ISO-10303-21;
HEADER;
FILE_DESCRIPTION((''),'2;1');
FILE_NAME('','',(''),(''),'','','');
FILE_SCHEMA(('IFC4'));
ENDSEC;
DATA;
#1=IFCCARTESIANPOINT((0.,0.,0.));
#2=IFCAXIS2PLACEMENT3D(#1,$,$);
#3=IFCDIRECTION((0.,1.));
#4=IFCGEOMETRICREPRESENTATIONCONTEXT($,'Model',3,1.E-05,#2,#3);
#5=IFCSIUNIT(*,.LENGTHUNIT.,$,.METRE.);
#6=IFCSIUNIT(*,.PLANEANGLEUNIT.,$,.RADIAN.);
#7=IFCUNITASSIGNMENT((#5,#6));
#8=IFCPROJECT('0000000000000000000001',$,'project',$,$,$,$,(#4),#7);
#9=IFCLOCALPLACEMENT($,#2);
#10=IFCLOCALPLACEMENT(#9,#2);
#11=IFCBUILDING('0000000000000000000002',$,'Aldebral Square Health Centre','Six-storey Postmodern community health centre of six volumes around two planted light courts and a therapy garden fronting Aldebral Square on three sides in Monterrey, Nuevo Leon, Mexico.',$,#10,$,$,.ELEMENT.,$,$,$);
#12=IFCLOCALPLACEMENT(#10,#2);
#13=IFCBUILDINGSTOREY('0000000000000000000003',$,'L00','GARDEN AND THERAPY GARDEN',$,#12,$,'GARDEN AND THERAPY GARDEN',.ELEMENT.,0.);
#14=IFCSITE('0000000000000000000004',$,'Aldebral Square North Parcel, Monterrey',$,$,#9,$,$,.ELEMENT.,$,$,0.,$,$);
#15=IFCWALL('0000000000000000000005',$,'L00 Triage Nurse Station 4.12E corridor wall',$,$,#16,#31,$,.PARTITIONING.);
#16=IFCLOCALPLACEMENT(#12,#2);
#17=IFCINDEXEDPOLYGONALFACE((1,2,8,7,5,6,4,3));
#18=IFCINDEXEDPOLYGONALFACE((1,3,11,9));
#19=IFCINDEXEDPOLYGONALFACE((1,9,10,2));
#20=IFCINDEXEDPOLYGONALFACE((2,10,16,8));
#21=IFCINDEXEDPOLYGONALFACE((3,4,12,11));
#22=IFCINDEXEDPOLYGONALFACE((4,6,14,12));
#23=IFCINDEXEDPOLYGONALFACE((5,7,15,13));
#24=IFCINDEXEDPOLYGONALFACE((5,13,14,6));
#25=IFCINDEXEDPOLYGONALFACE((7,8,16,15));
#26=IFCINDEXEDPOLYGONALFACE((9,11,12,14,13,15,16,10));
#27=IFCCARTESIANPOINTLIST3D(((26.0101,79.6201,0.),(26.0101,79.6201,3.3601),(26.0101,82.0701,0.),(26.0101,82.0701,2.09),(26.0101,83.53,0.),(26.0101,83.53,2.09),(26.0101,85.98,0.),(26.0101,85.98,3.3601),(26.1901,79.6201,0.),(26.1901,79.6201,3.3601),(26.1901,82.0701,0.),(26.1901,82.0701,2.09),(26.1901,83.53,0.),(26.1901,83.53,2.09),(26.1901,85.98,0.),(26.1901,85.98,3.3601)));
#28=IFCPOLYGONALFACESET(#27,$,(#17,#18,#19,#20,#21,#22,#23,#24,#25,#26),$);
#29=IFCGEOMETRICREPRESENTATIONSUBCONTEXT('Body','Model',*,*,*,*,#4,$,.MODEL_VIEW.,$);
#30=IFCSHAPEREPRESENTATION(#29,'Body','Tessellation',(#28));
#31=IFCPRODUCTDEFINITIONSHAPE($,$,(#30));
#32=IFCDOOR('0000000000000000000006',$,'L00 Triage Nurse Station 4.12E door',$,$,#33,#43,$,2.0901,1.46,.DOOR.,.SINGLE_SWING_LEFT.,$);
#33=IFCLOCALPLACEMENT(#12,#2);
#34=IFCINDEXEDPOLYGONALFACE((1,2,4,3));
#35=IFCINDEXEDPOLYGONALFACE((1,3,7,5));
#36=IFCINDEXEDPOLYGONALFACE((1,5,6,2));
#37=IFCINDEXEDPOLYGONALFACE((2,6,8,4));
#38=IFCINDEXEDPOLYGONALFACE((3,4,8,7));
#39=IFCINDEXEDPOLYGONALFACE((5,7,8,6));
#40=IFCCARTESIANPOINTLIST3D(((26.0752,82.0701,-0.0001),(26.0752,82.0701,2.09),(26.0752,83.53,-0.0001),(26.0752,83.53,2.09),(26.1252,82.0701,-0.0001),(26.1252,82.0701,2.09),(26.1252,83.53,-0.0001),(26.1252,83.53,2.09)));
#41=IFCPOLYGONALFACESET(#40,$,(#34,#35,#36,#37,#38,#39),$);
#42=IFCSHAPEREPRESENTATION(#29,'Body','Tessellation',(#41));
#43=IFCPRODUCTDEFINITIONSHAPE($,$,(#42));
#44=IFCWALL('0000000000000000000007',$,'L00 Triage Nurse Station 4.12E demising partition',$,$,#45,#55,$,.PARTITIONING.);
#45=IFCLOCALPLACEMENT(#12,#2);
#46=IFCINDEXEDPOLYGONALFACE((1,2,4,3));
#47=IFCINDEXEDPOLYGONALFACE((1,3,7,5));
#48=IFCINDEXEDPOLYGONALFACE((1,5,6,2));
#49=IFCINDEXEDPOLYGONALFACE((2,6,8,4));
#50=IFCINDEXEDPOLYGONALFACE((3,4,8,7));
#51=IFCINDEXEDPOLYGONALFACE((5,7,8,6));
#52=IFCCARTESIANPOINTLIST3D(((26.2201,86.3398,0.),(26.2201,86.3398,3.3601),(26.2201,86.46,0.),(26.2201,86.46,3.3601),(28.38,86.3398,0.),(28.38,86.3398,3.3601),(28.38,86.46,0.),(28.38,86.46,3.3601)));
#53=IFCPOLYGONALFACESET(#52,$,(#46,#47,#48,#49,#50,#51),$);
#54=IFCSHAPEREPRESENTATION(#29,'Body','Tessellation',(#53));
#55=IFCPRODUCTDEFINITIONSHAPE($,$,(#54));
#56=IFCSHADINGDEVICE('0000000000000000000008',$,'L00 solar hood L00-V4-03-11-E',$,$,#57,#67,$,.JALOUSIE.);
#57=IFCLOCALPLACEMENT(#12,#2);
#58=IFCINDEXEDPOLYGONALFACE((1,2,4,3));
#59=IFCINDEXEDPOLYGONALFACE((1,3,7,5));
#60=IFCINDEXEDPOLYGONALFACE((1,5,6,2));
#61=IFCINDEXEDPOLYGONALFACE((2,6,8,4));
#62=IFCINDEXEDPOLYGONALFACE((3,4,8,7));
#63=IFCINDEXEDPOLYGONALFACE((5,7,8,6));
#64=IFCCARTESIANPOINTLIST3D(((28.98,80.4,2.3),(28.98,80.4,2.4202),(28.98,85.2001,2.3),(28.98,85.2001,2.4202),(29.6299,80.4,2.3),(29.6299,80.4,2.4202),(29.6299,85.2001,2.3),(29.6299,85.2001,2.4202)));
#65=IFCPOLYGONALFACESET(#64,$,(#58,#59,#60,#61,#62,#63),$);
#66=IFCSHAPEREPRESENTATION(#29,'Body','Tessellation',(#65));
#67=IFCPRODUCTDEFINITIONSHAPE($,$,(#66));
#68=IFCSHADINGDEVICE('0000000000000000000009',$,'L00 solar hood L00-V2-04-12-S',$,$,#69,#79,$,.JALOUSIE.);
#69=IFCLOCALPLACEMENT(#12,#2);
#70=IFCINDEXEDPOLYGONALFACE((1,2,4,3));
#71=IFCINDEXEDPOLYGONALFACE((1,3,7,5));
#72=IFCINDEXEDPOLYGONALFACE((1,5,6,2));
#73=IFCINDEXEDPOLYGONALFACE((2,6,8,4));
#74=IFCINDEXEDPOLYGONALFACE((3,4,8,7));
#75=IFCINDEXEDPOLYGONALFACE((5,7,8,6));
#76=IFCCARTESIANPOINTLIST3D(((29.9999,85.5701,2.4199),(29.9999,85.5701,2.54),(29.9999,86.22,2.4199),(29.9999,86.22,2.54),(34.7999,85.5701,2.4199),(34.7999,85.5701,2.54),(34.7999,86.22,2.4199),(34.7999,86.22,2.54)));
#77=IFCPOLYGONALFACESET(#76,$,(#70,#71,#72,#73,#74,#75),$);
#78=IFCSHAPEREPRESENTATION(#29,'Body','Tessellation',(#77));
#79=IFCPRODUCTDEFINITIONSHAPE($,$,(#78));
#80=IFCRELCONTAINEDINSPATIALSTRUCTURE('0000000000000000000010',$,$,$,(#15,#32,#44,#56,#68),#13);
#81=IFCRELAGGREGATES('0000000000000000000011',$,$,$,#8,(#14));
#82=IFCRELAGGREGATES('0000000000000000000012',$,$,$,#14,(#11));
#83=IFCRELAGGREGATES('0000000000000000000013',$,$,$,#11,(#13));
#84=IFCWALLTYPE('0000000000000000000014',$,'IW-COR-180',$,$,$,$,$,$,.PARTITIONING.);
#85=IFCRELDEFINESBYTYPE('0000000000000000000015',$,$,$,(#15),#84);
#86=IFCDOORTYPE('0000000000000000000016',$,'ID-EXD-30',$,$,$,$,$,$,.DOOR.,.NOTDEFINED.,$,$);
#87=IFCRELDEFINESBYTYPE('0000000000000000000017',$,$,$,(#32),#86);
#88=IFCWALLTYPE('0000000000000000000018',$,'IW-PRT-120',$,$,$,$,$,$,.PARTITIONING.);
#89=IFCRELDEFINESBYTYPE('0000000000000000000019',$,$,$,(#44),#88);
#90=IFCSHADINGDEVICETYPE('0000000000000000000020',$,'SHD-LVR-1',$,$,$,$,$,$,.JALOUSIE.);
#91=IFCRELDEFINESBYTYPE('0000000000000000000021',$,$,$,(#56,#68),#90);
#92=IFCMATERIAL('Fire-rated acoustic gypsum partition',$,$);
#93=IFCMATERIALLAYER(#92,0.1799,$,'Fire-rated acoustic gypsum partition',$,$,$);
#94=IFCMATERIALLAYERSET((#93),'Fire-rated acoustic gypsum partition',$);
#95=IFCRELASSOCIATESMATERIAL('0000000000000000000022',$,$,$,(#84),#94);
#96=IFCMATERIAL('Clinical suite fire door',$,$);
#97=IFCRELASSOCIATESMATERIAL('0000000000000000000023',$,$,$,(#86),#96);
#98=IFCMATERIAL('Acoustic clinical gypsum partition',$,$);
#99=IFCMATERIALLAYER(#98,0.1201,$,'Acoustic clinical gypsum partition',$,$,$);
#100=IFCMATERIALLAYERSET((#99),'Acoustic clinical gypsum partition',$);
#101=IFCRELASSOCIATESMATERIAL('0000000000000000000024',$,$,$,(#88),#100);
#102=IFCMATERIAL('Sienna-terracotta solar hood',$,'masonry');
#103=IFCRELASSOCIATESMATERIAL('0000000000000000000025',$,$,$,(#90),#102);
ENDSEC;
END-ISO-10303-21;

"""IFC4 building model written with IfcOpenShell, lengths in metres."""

from ifc_helpers import new_model, si_unit, direction, frame, frame_2d, origin, origin_2d, place, context, subcontext, project, spatial, rectangle, extrude, material, layer, layer_set, type_object, element, fill, save


model = new_model("IFC4")

# Units and contexts
model_context = context("Model", 3, precision=1e-05, world=origin(), true_north=direction((0.0, 1.0)))
body_context = subcontext(model_context, "Body", "Model", "MODEL_VIEW")
ifc_project = project(units=[si_unit("LENGTHUNIT", "METRE"), si_unit("PLANEANGLEUNIT", "RADIAN")], contexts=[model_context])

# Site, building, storey
site_placement = place(None, origin())
site = spatial("IfcSite", under=ifc_project, at=site_placement, Name="Aldebral Square North Parcel, Monterrey", CompositionType="ELEMENT", RefElevation=0.0)
building_placement = place(site_placement, origin())
building = spatial("IfcBuilding", under=site, at=building_placement, Name="Aldebral Square Health Centre", Description="Six-storey Postmodern community health centre of six volumes around two planted light courts and a therapy garden fronting Aldebral Square on three sides in Monterrey, Nuevo Leon, Mexico.", CompositionType="ELEMENT")
storey_placement = place(building_placement, origin())
storey = spatial("IfcBuildingStorey", under=building, at=storey_placement, Name="L00", Description="GARDEN AND THERAPY GARDEN", LongName="GARDEN AND THERAPY GARDEN", CompositionType="ELEMENT", Elevation=0.0)

# Wall, opening, door
ifc_material_1 = material(Name="Fire-rated acoustic gypsum partition")
ifc_layer_1 = layer(ifc_material_1, 0.1799, Name="Fire-rated acoustic gypsum partition")
ifc_layer_set_1 = layer_set([ifc_layer_1], Name="Fire-rated acoustic gypsum partition")
wall_type_1 = type_object("IfcWallType", Name="IW-COR-180", PredefinedType="PARTITIONING", material=ifc_layer_set_1)
wall_1_placement = place(storey_placement, frame((26.1001, 79.6201, 0.0), z_axis=(0.0, 0.0, 1.0), x_axis=(0.0, 1.0, 0.0)))
wall_1 = element("IfcWall", 1, at=wall_1_placement, inside=storey, type_object=wall_type_1, Name="L00 Triage Nurse Station 4.12E corridor wall", PredefinedType="PARTITIONING", context=body_context, shape_type="SweptSolid", body=[
    extrude(rectangle(XDim=6.3599, YDim=0.1799, at=frame_2d((3.1799, 0.0))), origin(), (0.0, 0.0, 1.0), 3.3601),
])
opening_1_placement = place(wall_1_placement, frame((2.45, 0.0, 0.0)))
opening_1 = element("IfcOpeningElement", 2, at=opening_1_placement, cuts=wall_1, PredefinedType="OPENING", context=body_context, shape_type="SweptSolid", body=[
    extrude(rectangle(XDim=1.46, YDim=2.0901, at=frame_2d((0.73, 1.0449))), frame((0.0, 0.1001, 0.0), z_axis=(0.0, -1.0, 0.0), x_axis=(1.0, 0.0, 0.0)), (0.0, 0.0, 1.0), 0.2),
])
ifc_material_2 = material(Name="Clinical suite fire door")
door_type = type_object("IfcDoorType", Name="ID-EXD-30", OperationType="NOTDEFINED", PredefinedType="DOOR", material=ifc_material_2)
door_placement = place(opening_1_placement, origin())
door = element("IfcDoor", 3, at=door_placement, inside=storey, type_object=door_type, Name="L00 Triage Nurse Station 4.12E door", OperationType="SINGLE_SWING_LEFT", OverallHeight=2.0901, OverallWidth=1.46, PredefinedType="DOOR", context=body_context, shape_type="SweptSolid", body=[
    extrude(rectangle(XDim=1.46, YDim=2.0901, at=frame_2d((0.73, 1.0449))), frame((0.0, 0.0249, 0.0), z_axis=(0.0, -1.0, 0.0), x_axis=(1.0, 0.0, 0.0)), (0.0, 0.0, 1.0), 0.05),
])
fill(opening_1, door)

# Wall
ifc_material_3 = material(Name="Acoustic clinical gypsum partition")
ifc_layer_2 = layer(ifc_material_3, 0.1201, Name="Acoustic clinical gypsum partition")
ifc_layer_set_2 = layer_set([ifc_layer_2], Name="Acoustic clinical gypsum partition")
wall_type_2 = type_object("IfcWallType", Name="IW-PRT-120", PredefinedType="PARTITIONING", material=ifc_layer_set_2)
wall_2_placement = place(storey_placement, frame((26.22, 86.3999, 0.0), z_axis=(0.0, 0.0, 1.0), x_axis=(1.0, 0.0, 0.0)))
element("IfcWall", 4, at=wall_2_placement, inside=storey, type_object=wall_type_2, Name="L00 Triage Nurse Station 4.12E demising partition", PredefinedType="PARTITIONING", context=body_context, shape_type="SweptSolid", body=[
    extrude(rectangle(XDim=2.1599, YDim=0.1201, at=frame_2d((1.0801, 0.0))), origin(), (0.0, 0.0, 1.0), 3.3601),
])

# Shading devices
ifc_material_4 = material(Name="Sienna-terracotta solar hood", Category="masonry")
shading_device_type = type_object("IfcShadingDeviceType", Name="SHD-LVR-1", PredefinedType="JALOUSIE", material=ifc_material_4)
for number, where, z_axis, x_axis, name in (
    (5, (29.3049, 82.8, 2.3), (0.0, 0.0, 1.0), (0.0, 1.0, 0.0), "L00 solar hood L00-V4-03-11-E"),
    (6, (32.3999, 85.895, 2.4199), (0.0, 0.0, 1.0), (1.0, 0.0, 0.0), "L00 solar hood L00-V2-04-12-S"),
):
    element("IfcShadingDevice", number, at=place(storey_placement, frame(where, z_axis=z_axis, x_axis=x_axis)), inside=storey, type_object=shading_device_type, Name=name, PredefinedType="JALOUSIE", context=body_context, shape_type="SweptSolid", body=[
        extrude(rectangle(XDim=4.8, YDim=0.6499, at=origin_2d()), origin(), (0.0, 0.0, 1.0), 0.1201),
    ])

save(model, "model.ifc")
